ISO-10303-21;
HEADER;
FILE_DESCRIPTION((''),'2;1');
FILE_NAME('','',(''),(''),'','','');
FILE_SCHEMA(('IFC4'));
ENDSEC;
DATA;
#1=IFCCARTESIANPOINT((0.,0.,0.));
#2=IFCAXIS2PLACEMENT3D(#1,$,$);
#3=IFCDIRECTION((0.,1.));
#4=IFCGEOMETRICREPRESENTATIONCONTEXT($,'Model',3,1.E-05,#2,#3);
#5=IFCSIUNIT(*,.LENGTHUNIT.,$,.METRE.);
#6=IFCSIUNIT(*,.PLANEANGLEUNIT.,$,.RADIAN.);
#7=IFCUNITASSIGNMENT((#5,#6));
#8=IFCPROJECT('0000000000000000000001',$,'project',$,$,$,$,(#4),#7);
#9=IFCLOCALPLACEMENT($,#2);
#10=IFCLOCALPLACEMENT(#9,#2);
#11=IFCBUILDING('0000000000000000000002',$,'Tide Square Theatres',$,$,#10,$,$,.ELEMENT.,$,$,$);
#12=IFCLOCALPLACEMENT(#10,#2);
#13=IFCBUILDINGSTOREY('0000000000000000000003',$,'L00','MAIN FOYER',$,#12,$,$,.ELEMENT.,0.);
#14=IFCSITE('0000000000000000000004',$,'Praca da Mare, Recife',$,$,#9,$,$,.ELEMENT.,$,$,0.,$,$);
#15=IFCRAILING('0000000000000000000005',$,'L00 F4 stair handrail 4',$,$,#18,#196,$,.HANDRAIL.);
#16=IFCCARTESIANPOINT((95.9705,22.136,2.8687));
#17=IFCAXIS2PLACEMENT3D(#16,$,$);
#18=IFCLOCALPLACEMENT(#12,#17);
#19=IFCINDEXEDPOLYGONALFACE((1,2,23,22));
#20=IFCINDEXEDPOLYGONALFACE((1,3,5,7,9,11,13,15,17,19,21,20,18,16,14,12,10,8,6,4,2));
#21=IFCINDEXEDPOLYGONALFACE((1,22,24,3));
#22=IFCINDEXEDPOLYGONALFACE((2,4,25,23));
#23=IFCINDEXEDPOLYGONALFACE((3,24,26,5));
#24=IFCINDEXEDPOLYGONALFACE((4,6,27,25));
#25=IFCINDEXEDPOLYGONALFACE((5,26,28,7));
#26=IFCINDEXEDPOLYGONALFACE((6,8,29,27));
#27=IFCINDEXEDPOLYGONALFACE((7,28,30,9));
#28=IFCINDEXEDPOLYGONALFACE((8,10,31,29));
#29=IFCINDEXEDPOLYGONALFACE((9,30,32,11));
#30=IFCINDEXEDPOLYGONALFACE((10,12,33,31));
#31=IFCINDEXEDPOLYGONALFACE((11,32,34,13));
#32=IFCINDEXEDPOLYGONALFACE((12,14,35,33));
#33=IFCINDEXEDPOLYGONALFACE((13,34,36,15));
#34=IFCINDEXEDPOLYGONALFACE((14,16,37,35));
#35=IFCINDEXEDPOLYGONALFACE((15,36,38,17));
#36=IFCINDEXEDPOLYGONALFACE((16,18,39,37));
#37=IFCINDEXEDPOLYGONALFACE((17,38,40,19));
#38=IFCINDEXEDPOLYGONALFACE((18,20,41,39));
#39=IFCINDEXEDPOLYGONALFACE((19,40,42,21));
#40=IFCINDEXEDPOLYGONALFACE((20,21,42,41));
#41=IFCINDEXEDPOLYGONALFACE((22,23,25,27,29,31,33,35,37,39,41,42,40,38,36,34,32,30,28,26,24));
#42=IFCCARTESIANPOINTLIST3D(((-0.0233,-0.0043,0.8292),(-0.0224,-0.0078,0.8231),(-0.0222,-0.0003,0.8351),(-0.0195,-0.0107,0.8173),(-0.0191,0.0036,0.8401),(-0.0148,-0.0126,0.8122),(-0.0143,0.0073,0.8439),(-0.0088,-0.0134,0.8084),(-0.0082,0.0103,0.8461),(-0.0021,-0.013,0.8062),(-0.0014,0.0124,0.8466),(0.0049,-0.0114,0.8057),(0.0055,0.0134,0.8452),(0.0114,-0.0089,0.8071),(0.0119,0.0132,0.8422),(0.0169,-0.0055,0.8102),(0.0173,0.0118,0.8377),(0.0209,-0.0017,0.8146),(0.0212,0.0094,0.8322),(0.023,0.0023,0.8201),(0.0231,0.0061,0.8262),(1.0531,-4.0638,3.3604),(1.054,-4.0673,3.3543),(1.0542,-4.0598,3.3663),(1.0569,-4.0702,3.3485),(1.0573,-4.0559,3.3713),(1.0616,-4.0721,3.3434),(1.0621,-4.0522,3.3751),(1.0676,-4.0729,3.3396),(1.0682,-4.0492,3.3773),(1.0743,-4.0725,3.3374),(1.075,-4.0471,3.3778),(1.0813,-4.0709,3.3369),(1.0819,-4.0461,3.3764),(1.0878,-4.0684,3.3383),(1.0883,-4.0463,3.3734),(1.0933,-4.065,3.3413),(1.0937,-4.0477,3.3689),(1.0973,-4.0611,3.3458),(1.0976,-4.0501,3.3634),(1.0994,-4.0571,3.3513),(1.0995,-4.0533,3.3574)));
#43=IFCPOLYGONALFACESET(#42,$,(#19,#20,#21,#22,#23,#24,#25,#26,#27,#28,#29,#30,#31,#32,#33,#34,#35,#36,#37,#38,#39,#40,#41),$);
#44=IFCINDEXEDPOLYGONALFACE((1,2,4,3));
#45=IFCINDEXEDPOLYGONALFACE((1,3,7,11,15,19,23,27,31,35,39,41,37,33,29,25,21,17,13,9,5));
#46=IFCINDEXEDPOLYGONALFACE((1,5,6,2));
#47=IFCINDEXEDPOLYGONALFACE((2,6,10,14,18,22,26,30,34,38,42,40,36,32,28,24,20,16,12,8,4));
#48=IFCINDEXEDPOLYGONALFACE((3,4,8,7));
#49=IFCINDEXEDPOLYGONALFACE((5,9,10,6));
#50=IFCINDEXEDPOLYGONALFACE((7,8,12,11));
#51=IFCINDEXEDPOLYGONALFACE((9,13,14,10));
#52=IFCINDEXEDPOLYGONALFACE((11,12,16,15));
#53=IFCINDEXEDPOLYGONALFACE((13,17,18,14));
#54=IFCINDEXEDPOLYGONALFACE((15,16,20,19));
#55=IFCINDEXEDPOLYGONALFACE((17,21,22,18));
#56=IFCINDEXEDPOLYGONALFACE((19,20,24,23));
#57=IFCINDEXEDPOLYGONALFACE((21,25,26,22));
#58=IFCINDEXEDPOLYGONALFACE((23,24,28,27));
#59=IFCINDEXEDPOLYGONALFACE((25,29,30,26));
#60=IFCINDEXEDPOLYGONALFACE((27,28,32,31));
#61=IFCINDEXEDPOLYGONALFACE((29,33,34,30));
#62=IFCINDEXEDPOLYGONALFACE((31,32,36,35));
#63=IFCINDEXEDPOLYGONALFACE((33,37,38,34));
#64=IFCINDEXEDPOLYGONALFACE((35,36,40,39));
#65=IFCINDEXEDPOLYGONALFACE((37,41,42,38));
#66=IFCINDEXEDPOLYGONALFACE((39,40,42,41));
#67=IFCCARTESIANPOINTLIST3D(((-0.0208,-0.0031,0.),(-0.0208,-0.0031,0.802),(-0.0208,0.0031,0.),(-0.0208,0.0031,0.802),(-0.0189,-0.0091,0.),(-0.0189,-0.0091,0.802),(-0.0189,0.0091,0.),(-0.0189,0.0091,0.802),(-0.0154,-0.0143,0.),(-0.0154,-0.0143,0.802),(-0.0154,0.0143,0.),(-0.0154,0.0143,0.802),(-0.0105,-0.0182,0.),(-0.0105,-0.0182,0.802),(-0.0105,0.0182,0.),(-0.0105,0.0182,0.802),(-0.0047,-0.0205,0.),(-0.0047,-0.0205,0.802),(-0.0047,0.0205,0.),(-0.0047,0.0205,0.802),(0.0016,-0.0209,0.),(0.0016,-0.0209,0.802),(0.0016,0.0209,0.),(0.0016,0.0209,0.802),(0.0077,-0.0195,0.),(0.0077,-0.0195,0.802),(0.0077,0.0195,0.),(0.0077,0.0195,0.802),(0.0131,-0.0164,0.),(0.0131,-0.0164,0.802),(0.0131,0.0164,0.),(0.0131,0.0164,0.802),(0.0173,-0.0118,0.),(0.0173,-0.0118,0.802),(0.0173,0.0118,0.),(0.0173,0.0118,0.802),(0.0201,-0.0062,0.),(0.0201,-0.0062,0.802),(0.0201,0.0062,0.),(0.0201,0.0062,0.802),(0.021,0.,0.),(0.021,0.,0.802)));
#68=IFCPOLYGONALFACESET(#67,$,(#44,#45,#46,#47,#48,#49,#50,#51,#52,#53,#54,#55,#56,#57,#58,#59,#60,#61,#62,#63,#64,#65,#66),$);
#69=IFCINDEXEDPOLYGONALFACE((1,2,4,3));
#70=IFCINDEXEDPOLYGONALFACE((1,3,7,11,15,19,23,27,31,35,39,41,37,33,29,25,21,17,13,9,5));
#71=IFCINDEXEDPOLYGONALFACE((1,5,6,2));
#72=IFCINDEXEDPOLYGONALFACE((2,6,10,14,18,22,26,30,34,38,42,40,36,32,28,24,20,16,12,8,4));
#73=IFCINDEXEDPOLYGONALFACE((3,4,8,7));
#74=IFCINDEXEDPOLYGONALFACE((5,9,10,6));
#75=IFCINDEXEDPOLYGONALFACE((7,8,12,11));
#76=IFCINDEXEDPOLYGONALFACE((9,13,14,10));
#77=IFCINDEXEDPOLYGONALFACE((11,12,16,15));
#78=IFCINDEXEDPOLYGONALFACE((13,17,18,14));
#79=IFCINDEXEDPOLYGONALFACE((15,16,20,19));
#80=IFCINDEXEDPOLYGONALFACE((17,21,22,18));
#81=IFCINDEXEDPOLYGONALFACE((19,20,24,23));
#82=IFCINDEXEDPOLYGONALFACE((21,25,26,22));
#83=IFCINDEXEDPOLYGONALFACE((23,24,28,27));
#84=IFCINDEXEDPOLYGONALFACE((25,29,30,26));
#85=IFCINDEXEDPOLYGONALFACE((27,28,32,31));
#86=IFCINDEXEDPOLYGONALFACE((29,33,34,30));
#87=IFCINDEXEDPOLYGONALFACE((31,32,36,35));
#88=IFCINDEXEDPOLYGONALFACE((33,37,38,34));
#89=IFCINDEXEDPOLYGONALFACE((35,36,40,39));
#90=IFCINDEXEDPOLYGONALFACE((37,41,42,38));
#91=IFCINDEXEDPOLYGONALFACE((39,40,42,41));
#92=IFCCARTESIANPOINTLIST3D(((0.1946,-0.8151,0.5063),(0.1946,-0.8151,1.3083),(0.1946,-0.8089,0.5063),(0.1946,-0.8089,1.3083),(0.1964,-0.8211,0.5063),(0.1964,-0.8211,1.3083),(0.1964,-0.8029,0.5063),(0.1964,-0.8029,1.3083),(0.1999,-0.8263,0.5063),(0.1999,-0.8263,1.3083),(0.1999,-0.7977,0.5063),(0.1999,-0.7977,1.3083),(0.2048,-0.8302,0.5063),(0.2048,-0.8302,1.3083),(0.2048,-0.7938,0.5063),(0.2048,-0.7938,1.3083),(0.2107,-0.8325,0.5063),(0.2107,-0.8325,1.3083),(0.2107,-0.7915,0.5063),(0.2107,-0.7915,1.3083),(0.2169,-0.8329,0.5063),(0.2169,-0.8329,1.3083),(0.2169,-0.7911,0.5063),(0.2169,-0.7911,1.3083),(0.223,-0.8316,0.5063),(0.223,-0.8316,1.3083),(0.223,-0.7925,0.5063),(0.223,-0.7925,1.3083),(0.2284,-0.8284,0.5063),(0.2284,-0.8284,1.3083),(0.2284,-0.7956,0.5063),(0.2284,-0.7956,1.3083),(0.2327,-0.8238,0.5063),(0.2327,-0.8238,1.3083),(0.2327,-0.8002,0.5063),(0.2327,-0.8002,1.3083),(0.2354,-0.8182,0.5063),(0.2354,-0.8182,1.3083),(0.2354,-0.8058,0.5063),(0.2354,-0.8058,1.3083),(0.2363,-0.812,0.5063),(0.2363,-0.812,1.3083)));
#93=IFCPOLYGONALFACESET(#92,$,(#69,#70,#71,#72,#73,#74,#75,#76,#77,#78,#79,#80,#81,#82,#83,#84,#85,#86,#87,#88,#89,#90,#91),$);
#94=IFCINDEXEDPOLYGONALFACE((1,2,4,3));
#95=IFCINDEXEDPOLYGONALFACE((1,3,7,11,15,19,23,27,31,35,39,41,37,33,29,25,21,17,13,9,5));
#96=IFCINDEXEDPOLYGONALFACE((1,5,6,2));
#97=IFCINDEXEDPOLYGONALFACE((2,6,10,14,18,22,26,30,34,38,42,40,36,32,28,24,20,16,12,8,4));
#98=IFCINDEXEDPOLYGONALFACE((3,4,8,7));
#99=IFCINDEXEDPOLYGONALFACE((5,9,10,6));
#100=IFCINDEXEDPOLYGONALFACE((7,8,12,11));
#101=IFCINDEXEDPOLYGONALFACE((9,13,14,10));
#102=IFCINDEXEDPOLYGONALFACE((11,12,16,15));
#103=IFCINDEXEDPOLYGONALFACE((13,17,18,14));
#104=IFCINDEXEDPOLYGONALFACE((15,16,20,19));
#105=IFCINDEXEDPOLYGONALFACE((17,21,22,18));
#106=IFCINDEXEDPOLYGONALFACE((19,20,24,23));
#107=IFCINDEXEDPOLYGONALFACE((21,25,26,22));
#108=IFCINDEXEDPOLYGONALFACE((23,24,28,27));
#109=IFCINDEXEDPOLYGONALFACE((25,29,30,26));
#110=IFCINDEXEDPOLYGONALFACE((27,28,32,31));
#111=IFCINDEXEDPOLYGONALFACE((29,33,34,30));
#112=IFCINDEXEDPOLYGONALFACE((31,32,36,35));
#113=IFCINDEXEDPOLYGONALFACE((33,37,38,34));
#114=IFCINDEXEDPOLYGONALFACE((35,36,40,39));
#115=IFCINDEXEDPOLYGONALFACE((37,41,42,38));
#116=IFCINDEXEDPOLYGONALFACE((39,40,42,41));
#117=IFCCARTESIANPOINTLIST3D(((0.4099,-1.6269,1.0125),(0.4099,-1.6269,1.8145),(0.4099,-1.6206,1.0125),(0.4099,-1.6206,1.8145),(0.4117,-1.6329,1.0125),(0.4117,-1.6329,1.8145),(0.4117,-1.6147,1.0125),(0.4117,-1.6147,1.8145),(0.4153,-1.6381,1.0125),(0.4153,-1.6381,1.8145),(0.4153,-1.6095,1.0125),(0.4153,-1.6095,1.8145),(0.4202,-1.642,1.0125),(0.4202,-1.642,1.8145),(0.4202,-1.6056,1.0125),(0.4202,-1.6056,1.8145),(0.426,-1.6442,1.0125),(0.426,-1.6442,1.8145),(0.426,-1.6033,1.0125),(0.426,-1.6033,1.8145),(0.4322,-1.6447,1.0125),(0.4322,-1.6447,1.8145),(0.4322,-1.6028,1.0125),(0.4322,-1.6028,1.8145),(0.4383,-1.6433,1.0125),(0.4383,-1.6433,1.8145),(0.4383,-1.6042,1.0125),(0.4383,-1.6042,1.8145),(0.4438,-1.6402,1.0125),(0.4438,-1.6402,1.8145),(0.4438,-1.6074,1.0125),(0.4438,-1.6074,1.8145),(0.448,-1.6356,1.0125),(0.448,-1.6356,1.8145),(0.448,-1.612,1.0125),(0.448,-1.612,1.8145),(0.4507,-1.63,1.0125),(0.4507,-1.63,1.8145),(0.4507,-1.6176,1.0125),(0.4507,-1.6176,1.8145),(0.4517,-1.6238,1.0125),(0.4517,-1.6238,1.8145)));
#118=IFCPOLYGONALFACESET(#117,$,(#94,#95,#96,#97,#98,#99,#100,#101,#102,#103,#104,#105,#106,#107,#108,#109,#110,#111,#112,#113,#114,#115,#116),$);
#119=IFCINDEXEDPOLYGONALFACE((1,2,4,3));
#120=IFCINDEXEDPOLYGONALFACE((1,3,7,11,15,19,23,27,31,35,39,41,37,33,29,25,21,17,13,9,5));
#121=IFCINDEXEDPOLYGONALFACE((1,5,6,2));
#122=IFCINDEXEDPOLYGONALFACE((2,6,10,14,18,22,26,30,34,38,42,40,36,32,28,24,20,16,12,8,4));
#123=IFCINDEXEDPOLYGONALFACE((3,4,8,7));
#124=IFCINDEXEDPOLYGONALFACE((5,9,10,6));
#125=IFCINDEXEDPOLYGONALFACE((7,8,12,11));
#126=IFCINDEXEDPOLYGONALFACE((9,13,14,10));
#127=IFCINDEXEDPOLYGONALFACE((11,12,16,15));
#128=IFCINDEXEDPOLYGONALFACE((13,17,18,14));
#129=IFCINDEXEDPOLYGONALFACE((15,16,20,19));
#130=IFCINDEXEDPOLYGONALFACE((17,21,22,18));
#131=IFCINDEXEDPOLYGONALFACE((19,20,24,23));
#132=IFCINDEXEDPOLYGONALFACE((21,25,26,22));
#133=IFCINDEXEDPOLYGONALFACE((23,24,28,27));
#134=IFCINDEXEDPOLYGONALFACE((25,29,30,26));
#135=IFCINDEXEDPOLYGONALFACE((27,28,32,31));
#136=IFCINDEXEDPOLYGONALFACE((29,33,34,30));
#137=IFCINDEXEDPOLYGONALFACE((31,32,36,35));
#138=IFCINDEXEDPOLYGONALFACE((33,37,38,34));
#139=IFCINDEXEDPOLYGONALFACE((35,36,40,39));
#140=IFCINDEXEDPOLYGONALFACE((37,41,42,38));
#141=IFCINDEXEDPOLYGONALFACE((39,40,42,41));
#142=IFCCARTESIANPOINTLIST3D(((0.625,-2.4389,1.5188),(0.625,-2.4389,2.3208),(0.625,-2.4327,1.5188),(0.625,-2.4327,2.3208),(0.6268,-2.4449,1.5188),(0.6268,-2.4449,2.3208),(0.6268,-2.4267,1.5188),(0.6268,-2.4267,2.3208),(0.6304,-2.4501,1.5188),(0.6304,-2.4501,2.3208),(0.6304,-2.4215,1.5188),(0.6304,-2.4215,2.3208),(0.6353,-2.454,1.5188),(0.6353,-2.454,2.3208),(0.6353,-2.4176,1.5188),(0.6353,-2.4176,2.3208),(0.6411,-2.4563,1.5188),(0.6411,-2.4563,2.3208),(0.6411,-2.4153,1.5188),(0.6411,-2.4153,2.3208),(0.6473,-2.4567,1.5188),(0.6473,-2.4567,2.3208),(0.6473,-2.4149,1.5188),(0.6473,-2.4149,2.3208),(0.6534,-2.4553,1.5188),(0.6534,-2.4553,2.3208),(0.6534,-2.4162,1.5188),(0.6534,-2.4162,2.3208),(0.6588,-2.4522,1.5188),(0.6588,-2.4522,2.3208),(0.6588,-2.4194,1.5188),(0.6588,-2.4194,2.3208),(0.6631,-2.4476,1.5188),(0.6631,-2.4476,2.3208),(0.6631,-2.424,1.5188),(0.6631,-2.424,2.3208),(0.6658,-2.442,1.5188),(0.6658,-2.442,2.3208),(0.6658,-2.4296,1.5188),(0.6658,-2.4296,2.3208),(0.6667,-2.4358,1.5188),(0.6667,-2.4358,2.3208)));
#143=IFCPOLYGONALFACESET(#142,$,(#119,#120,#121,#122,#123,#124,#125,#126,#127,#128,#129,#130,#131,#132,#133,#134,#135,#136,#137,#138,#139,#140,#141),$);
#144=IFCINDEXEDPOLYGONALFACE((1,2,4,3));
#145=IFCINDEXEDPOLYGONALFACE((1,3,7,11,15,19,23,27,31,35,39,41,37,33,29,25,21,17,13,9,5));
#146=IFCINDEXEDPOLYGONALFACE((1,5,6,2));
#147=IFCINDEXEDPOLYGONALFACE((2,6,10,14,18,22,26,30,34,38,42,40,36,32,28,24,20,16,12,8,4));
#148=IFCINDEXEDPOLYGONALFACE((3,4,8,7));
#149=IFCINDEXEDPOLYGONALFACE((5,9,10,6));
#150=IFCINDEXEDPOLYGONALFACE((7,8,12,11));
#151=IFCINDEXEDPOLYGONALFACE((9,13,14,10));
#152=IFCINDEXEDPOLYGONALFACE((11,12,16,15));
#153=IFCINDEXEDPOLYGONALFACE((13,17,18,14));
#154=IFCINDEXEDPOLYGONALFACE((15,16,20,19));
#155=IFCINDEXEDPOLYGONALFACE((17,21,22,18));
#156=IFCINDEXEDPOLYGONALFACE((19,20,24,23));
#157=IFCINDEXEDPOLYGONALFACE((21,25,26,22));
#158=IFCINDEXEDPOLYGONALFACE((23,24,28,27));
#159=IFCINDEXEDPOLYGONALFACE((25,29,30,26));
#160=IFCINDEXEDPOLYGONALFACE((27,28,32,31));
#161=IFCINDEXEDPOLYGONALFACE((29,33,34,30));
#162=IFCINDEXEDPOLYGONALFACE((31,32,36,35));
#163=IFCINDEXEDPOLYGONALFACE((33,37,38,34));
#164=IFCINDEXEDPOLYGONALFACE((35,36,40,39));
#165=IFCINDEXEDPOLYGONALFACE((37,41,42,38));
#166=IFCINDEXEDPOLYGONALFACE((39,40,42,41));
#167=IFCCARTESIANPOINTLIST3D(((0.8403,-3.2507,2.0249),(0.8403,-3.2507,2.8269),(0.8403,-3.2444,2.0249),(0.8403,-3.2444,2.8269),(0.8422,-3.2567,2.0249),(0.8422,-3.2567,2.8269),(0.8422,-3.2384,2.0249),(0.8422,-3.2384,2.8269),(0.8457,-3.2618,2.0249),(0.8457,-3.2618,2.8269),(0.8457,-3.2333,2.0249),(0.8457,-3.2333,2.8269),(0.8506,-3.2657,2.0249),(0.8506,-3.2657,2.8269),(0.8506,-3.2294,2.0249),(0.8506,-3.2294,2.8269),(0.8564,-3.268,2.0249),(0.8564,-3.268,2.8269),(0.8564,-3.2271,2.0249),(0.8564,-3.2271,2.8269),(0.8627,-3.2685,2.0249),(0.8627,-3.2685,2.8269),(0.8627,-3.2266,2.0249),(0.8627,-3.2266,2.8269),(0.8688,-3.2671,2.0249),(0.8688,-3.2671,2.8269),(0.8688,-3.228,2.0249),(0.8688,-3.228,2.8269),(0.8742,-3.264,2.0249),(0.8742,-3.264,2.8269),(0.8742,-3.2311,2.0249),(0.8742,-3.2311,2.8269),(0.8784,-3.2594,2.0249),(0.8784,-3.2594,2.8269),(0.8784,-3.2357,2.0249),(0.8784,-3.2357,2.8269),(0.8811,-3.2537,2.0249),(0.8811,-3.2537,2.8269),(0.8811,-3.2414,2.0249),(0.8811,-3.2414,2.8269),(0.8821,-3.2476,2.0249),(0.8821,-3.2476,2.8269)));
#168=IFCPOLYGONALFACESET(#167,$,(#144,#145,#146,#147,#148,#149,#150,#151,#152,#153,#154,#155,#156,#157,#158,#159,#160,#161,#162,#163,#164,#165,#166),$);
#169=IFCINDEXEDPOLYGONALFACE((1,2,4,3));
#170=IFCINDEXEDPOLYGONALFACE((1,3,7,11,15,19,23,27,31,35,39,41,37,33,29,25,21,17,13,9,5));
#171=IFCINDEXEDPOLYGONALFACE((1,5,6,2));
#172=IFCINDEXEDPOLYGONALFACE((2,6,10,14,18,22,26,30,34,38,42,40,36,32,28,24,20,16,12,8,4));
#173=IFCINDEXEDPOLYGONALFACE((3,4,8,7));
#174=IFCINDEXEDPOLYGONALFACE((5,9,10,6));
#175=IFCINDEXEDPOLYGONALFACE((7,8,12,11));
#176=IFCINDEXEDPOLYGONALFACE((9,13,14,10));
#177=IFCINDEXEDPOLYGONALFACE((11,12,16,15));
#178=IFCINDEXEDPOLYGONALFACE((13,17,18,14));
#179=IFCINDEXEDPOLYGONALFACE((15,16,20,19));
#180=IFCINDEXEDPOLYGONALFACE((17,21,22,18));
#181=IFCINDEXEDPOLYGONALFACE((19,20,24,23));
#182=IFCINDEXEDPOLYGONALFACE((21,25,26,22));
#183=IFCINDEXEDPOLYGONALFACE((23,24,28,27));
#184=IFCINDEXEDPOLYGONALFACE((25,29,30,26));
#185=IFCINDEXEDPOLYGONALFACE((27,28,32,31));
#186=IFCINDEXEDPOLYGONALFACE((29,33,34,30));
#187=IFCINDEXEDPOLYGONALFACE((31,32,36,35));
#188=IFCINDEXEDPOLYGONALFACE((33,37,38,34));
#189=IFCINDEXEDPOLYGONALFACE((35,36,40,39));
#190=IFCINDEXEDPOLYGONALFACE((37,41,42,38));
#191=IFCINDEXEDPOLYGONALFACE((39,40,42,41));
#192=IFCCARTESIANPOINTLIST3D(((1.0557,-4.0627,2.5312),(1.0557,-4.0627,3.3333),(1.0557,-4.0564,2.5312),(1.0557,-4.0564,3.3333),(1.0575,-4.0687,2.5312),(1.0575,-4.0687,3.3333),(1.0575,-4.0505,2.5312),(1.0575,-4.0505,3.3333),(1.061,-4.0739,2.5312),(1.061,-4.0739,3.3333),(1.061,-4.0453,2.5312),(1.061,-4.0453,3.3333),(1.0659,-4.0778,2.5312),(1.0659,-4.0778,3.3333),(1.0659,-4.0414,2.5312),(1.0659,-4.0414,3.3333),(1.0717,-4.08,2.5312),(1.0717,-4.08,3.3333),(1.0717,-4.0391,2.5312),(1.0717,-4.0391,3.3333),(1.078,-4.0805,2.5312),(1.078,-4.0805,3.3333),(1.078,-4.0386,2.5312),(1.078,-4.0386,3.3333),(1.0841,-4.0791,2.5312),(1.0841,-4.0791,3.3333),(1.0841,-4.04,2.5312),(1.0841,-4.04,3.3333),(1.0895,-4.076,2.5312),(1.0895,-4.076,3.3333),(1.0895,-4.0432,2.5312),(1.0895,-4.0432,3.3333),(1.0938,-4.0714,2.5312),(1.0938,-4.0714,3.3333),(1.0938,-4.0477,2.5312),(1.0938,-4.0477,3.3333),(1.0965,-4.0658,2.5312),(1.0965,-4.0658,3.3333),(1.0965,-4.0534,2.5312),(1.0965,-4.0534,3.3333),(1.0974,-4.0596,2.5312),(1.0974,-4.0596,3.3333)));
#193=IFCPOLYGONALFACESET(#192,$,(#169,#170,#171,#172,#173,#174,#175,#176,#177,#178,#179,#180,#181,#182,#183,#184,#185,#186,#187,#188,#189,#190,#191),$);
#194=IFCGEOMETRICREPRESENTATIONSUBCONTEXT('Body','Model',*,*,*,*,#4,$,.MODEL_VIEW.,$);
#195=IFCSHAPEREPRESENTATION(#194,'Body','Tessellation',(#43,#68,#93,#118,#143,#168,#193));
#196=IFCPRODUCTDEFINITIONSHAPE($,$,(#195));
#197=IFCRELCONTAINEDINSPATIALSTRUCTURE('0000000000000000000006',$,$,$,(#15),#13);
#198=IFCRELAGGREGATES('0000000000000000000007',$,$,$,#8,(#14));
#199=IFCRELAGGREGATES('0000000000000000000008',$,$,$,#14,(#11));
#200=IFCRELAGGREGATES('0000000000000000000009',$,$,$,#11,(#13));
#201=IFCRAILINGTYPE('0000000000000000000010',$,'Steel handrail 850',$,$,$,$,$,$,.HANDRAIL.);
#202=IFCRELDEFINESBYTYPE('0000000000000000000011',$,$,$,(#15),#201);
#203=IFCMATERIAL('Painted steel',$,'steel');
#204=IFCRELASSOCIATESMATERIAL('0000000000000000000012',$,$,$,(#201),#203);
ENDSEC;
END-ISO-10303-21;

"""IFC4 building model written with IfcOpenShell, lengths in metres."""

from ifc_helpers import new_model, si_unit, direction, frame, origin, origin_2d, place, context, subcontext, project, spatial, circle, extrude, material, type_object, element, save


model = new_model("IFC4")

# Units and contexts
model_context = context("Model", 3, precision=1e-05, world=origin(), true_north=direction((0.0, 1.0)))
body_context = subcontext(model_context, "Body", "Model", "MODEL_VIEW")
ifc_project = project(units=[si_unit("LENGTHUNIT", "METRE"), si_unit("PLANEANGLEUNIT", "RADIAN")], contexts=[model_context])

# Site, building, storey
site_placement = place(None, origin())
site = spatial("IfcSite", under=ifc_project, at=site_placement, Name="Praca da Mare, Recife", CompositionType="ELEMENT", RefElevation=0.0)
building_placement = place(site_placement, origin())
building = spatial("IfcBuilding", under=site, at=building_placement, Name="Tide Square Theatres", CompositionType="ELEMENT")
storey_placement = place(building_placement, origin())
storey = spatial("IfcBuildingStorey", under=building, at=storey_placement, Name="L00", Description="MAIN FOYER", CompositionType="ELEMENT", Elevation=0.0)

# Railing
ifc_material_1 = material(Name="Painted steel", Category="steel")
railing_type_1 = type_object("IfcRailingType", Name="Steel handrail 850", PredefinedType="HANDRAIL", material=ifc_material_1)
railing_1_placement = place(storey_placement, frame((95.9705, 22.136, 2.8687)))
element("IfcRailing", 1, at=railing_1_placement, inside=storey, type_object=railing_type_1, Name="L00 F4 stair handrail 4", PredefinedType="HANDRAIL", context=body_context, shape_type="SweptSolid", body=[
    extrude(circle(Radius=0.0239, at=origin_2d()), frame((0.0, 0.0, 0.8262), z_axis=(0.219512, -0.827863, 0.516195), x_axis=(0.966598, 0.256298, 0.0)), (0.0, 0.0, 1.0), 4.9036),
    extrude(circle(Radius=0.021, at=origin_2d()), origin(), (0.0, 0.0, 1.0), 0.802),
    extrude(circle(Radius=0.021, at=origin_2d()), frame((0.2153, -0.812, 0.5063)), (0.0, 0.0, 1.0), 0.802),
    extrude(circle(Radius=0.021, at=origin_2d()), frame((0.4307, -1.6238, 1.0125)), (0.0, 0.0, 1.0), 0.802),
    extrude(circle(Radius=0.021, at=origin_2d()), frame((0.6458, -2.4358, 1.5188)), (0.0, 0.0, 1.0), 0.802),
    extrude(circle(Radius=0.021, at=origin_2d()), frame((0.8611, -3.2476, 2.0249)), (0.0, 0.0, 1.0), 0.802),
    extrude(circle(Radius=0.021, at=origin_2d()), frame((1.0764, -4.0596, 2.5312)), (0.0, 0.0, 1.0), 0.802),
])

save(model, "model.ifc")
